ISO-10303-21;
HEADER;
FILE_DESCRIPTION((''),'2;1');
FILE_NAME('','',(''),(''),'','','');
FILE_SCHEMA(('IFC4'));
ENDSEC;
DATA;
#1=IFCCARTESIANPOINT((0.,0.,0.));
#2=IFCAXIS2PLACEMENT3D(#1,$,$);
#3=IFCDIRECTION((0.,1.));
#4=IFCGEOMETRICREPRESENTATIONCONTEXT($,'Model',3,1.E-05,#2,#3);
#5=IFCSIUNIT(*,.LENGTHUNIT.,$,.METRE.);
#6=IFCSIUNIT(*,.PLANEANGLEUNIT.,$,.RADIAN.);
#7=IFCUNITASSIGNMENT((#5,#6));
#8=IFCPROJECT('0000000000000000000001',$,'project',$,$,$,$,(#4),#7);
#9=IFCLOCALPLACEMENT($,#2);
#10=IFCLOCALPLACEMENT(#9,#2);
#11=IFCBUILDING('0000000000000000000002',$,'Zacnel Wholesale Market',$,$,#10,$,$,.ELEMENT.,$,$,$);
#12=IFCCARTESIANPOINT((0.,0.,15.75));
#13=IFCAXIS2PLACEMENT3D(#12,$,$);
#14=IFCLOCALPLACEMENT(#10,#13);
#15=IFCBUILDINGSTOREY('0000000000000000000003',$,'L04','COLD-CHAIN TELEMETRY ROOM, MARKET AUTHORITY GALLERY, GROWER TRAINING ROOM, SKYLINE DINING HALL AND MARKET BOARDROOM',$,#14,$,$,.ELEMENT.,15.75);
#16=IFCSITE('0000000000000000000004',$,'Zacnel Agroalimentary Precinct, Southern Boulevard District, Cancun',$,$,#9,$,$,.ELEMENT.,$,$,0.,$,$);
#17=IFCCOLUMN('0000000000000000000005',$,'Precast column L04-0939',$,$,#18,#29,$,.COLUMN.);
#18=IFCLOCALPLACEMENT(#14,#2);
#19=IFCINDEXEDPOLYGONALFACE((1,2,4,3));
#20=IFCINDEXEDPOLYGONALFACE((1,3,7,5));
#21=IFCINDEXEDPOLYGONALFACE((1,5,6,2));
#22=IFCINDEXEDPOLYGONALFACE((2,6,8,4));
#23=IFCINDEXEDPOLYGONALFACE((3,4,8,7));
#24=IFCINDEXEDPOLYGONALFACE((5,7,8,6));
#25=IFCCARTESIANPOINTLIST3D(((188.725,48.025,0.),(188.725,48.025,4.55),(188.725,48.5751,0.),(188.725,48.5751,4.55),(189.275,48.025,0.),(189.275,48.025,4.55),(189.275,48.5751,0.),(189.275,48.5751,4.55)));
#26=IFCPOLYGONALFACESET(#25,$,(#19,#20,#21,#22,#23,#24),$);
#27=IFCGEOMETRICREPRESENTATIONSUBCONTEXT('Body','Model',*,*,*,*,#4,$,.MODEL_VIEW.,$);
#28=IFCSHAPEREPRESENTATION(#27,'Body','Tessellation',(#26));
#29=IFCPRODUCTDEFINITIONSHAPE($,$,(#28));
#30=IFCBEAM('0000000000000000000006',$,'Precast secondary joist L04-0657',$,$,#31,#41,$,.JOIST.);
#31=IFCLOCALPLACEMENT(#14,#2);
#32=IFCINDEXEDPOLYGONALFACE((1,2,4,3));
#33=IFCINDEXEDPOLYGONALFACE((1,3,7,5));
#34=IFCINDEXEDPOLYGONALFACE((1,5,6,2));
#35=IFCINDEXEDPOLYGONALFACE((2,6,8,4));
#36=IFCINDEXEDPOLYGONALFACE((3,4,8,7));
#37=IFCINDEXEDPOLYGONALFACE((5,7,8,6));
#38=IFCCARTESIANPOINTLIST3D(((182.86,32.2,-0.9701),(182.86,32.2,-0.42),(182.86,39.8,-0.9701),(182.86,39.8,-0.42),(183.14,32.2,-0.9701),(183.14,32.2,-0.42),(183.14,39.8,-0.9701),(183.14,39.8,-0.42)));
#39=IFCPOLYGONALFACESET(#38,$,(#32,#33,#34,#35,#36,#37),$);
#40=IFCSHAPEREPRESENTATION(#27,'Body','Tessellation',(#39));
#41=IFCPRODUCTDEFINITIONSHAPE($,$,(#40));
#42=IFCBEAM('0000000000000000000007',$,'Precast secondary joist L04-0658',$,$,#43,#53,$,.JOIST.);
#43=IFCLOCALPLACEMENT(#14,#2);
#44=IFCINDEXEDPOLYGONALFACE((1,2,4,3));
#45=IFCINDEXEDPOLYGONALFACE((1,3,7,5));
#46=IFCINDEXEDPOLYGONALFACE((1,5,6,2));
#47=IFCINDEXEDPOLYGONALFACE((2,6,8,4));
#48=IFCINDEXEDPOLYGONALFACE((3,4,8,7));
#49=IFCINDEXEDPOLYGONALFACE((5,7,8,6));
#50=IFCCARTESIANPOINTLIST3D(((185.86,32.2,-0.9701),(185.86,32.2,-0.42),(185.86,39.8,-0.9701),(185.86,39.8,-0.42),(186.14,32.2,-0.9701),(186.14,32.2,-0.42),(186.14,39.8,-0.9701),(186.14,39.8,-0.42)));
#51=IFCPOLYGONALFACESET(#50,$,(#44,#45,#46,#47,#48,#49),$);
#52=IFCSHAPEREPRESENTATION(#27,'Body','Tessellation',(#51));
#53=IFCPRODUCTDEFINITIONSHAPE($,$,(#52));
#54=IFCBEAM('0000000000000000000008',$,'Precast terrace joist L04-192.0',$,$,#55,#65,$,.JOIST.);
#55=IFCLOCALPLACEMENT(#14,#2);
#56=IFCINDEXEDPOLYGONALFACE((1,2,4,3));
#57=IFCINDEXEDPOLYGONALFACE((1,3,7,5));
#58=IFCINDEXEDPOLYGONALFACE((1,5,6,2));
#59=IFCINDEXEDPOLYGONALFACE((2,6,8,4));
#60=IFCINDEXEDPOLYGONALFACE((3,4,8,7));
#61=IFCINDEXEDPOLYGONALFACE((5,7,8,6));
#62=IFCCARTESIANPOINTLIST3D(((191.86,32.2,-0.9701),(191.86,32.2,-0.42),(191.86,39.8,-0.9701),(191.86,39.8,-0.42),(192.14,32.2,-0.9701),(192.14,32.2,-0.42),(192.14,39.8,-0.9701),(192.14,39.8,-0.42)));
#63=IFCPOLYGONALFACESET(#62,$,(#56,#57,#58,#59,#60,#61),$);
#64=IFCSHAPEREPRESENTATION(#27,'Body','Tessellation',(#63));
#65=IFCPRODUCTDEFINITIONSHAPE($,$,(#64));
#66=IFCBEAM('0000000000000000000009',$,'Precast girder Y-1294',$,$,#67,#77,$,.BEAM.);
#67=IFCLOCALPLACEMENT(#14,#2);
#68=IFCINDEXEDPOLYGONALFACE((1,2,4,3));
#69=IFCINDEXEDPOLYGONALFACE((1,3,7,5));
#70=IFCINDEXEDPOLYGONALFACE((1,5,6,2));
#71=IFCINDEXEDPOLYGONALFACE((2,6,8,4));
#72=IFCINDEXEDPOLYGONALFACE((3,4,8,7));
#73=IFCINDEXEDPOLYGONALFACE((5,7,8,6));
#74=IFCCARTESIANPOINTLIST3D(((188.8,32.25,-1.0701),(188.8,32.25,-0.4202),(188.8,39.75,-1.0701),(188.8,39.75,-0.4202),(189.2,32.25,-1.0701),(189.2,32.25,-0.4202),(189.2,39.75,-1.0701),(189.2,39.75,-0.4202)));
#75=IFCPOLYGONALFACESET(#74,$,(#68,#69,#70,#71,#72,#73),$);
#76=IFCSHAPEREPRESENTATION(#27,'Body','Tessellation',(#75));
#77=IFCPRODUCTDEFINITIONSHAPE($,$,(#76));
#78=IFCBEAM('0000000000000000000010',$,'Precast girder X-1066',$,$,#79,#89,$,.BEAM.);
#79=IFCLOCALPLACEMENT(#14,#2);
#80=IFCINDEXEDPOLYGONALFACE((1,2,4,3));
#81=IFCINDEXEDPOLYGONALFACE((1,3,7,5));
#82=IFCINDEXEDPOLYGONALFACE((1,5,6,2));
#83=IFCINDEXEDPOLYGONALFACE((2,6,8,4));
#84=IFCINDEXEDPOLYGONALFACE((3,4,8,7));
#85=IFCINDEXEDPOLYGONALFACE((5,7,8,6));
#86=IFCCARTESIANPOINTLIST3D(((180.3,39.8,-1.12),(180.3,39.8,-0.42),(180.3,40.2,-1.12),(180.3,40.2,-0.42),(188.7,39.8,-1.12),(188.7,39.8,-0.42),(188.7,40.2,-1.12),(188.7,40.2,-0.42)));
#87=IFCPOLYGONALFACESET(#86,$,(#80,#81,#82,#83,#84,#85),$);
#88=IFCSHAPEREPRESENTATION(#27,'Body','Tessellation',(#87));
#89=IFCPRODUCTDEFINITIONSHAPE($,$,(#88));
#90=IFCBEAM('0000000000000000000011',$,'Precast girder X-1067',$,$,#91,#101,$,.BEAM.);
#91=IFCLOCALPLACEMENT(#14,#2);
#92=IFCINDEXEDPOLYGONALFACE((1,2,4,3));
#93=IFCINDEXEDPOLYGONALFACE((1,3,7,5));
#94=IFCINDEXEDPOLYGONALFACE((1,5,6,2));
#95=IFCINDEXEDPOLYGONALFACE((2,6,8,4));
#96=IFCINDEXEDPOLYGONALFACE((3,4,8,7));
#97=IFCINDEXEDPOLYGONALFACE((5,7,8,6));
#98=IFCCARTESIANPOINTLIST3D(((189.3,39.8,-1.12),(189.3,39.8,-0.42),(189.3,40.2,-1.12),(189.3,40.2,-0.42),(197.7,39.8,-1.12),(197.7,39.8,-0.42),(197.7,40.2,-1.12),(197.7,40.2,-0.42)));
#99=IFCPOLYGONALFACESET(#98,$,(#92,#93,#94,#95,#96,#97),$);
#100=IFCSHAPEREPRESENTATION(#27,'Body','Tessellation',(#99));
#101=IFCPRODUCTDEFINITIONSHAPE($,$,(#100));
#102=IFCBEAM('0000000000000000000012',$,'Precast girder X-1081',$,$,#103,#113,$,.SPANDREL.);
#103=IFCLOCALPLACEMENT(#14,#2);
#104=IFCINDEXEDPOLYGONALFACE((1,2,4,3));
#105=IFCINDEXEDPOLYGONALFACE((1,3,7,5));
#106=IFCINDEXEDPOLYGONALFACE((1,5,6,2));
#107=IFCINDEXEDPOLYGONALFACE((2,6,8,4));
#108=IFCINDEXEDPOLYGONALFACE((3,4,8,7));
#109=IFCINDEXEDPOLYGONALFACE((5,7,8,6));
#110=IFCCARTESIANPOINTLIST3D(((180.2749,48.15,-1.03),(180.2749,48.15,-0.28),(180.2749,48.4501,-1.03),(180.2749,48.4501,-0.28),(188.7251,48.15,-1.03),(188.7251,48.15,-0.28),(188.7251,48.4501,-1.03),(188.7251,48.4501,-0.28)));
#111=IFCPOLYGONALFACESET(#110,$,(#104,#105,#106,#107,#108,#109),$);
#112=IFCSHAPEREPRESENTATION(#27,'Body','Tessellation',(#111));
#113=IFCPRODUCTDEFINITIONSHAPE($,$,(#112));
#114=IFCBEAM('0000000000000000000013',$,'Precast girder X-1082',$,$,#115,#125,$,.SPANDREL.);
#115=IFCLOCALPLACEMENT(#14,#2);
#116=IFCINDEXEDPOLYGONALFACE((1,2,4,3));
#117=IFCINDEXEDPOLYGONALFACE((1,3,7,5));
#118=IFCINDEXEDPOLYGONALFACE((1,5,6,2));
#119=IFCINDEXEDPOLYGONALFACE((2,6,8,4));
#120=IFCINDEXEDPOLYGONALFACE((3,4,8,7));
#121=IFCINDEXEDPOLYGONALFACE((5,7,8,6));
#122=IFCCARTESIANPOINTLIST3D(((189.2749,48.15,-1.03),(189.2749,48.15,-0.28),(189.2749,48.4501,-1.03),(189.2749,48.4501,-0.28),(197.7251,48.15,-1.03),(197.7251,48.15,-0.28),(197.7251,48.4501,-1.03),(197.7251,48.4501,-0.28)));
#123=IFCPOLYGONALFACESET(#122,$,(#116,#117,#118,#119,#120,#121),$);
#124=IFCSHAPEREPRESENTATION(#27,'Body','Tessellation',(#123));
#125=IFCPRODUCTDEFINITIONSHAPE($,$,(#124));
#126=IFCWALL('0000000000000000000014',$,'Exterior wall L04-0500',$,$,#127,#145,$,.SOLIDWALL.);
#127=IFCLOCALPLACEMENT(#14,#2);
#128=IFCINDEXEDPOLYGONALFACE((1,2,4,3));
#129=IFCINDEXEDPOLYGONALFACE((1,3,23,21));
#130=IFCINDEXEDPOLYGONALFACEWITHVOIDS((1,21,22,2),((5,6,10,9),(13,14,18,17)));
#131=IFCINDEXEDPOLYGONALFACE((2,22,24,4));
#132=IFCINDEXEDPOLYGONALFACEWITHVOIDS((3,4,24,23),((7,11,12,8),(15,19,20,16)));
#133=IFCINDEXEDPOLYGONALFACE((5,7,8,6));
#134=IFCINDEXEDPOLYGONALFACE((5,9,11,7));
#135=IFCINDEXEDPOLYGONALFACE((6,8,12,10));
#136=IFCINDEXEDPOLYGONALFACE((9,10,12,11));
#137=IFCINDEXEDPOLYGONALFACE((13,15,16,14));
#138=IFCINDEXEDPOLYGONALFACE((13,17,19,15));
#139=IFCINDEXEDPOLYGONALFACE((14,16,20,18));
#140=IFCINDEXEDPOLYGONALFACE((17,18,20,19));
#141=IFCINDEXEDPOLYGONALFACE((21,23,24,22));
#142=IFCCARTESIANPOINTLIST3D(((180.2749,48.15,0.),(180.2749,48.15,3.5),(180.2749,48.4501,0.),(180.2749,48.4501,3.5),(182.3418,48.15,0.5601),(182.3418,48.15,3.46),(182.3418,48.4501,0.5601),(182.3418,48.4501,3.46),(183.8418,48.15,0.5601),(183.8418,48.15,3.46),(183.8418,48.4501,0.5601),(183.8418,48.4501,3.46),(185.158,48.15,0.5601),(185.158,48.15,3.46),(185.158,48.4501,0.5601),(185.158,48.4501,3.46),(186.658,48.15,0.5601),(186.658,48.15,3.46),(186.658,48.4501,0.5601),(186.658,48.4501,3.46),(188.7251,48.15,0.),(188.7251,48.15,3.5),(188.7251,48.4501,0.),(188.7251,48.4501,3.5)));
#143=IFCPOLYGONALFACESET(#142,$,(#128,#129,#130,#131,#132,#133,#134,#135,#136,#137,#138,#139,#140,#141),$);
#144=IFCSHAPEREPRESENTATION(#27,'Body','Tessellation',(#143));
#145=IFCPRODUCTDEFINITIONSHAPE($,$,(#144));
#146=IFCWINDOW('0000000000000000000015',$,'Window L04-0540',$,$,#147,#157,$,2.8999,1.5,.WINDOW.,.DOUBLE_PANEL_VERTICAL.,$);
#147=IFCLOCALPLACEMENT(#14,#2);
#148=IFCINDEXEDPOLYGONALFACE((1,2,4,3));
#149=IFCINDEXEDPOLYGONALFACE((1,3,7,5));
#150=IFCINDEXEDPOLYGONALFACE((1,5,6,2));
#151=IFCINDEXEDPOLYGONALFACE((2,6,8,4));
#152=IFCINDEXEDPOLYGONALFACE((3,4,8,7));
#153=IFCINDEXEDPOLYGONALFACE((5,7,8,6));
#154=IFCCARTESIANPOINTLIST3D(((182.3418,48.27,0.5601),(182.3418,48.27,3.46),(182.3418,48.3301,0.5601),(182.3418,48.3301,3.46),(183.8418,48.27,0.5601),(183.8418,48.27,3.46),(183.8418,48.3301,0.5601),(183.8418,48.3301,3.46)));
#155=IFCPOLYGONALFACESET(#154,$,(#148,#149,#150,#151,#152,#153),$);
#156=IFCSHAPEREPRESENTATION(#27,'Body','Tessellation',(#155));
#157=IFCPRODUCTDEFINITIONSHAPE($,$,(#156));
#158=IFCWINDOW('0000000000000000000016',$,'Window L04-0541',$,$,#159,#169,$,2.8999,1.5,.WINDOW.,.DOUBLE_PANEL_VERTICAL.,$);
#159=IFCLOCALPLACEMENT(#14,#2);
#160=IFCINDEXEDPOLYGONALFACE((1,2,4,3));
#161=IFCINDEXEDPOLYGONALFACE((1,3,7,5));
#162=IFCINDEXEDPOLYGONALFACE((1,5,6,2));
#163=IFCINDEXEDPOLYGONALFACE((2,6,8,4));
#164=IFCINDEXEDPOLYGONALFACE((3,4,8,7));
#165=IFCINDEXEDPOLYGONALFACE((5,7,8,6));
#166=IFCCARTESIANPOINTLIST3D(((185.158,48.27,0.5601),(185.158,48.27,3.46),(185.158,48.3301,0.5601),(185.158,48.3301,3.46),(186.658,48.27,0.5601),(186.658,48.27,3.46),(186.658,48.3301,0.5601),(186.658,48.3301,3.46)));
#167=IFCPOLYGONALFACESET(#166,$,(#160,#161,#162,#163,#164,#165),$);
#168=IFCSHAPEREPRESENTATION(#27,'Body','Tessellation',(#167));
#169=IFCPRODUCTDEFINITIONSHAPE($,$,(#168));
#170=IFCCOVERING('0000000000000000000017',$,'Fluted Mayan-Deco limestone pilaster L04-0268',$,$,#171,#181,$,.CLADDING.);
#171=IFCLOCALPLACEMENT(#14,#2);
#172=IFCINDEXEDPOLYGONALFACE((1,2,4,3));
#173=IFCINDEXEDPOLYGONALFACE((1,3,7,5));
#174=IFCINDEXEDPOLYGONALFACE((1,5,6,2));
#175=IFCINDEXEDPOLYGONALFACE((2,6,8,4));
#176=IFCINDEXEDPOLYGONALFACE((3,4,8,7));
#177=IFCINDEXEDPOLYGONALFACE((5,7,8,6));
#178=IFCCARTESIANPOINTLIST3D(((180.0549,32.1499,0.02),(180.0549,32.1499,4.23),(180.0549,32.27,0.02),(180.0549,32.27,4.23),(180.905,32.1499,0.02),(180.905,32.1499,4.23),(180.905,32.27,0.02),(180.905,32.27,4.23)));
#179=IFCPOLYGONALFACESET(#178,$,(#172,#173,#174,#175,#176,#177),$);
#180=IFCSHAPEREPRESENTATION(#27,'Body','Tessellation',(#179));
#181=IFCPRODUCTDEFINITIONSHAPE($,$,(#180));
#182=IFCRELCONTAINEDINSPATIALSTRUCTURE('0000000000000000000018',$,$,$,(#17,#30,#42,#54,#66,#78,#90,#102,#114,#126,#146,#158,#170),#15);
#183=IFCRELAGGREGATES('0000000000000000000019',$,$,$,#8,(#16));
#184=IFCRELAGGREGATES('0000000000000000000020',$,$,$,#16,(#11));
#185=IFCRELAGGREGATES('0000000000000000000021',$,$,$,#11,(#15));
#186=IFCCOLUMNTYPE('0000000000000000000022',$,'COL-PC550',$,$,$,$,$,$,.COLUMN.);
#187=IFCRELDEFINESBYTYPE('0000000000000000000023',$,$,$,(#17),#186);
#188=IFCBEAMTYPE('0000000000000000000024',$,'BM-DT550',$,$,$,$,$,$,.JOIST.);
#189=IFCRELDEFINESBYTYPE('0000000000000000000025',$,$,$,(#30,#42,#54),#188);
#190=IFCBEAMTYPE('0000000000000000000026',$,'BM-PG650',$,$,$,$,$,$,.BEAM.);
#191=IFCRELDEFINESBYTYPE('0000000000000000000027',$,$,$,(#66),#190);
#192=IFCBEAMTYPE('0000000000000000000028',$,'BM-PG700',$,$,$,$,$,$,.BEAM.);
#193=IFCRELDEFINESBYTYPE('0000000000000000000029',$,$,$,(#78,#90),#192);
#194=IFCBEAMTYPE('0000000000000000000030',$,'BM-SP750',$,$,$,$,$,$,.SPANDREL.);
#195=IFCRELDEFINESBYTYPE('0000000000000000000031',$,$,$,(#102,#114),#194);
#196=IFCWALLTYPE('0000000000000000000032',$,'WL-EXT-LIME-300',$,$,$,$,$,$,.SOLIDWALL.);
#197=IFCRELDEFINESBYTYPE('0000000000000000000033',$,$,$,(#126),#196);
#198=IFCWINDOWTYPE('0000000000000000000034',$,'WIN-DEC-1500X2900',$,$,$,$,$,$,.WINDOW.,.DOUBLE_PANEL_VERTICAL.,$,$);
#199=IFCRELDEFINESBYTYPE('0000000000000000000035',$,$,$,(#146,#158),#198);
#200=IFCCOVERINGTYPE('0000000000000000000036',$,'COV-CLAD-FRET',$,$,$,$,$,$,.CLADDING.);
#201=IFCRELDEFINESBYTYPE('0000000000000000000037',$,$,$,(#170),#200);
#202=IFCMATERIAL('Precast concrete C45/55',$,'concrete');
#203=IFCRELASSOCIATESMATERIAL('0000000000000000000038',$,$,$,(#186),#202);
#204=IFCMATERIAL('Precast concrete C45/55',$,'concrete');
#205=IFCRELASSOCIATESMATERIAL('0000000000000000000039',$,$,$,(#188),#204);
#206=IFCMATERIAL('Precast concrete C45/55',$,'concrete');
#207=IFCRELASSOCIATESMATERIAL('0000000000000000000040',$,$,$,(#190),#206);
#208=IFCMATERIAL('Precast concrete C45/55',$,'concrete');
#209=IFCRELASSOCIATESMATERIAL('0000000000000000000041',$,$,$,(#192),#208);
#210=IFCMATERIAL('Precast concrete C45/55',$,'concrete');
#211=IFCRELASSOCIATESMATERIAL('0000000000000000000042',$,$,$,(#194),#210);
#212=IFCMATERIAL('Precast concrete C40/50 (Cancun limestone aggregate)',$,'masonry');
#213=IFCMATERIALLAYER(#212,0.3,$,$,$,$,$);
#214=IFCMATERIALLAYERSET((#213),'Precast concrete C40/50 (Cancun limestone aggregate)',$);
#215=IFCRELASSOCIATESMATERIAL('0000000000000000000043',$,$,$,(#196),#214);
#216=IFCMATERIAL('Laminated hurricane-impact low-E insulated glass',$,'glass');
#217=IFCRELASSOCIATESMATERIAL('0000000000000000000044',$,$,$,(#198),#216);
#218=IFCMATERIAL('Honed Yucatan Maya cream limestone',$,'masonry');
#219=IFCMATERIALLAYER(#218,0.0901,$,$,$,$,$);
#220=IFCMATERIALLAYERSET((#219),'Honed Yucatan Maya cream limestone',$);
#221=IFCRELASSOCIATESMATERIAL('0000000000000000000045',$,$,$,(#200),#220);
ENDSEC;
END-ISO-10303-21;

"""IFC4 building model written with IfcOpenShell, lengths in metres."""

from ifc_helpers import new_model, si_unit, direction, frame, frame_2d, origin, origin_2d, place, context, subcontext, project, spatial, rectangle, extrude, material, layer, layer_set, material_profile, profile_set, type_object, element, fill, save


model = new_model("IFC4")

# Units and contexts
model_context = context("Model", 3, precision=1e-05, world=origin(), true_north=direction((0.0, 1.0)))
body_context = subcontext(model_context, "Body", "Model", "MODEL_VIEW")
ifc_project = project(units=[si_unit("LENGTHUNIT", "METRE"), si_unit("PLANEANGLEUNIT", "RADIAN")], contexts=[model_context])

# Site, building, storey
site_placement = place(None, origin())
site = spatial("IfcSite", under=ifc_project, at=site_placement, Name="Zacnel Agroalimentary Precinct, Southern Boulevard District, Cancun", CompositionType="ELEMENT", RefElevation=0.0)
building_placement = place(site_placement, origin())
building = spatial("IfcBuilding", under=site, at=building_placement, Name="Zacnel Wholesale Market", CompositionType="ELEMENT")
storey_placement = place(building_placement, frame((0.0, 0.0, 15.75)))
storey = spatial("IfcBuildingStorey", under=building, at=storey_placement, Name="L04", Description="COLD-CHAIN TELEMETRY ROOM, MARKET AUTHORITY GALLERY, GROWER TRAINING ROOM, SKYLINE DINING HALL AND MARKET BOARDROOM", CompositionType="ELEMENT", Elevation=15.75)

# Column
ifc_material_1 = material(Name="Precast concrete C45/55", Category="concrete")
ifc_material_profile_1 = material_profile(ifc_material_1, rectangle(XDim=0.55, YDim=0.55, at=origin_2d()), Name="PC 550x550")
ifc_profile_set_1 = profile_set([ifc_material_profile_1], Name="Precast concrete C45/55")
column_type = type_object("IfcColumnType", Name="COL-PC550", PredefinedType="COLUMN", material=ifc_profile_set_1)
column_placement = place(storey_placement, frame((189.0, 48.3, 0.0), z_axis=(0.0, 0.0, 1.0), x_axis=(1.0, 0.0, 0.0)))
element("IfcColumn", 1, at=column_placement, inside=storey, type_object=column_type, Name="Precast column L04-0939", PredefinedType="COLUMN", context=body_context, shape_type="SweptSolid", body=[
    extrude(rectangle(XDim=0.55, YDim=0.55, at=origin_2d()), origin(), (0.0, 0.0, 1.0), 4.55),
])

# Beams
ifc_material_2 = material(Name="Precast concrete C45/55", Category="concrete")
ifc_material_profile_2 = material_profile(ifc_material_2, rectangle(XDim=0.28, YDim=0.55, at=origin_2d()), Name="DT RIB 280x550")
ifc_profile_set_2 = profile_set([ifc_material_profile_2], Name="Precast concrete C45/55")
beam_type_1 = type_object("IfcBeamType", Name="BM-DT550", PredefinedType="JOIST", material=ifc_profile_set_2)
for number, where, z_axis, x_axis, name in (
    (2, (183.0, 32.2, -0.6951), (0.0, 1.0, 0.0), (-1.0, 0.0, 0.0), "Precast secondary joist L04-0657"),
    (3, (186.0, 32.2, -0.6951), (0.0, 1.0, 0.0), (-1.0, 0.0, 0.0), "Precast secondary joist L04-0658"),
    (4, (192.0, 32.2, -0.6951), (0.0, 1.0, 0.0), (-1.0, 0.0, 0.0), "Precast terrace joist L04-192.0"),
):
    element("IfcBeam", number, at=place(storey_placement, frame(where, z_axis=z_axis, x_axis=x_axis)), inside=storey, type_object=beam_type_1, Name=name, PredefinedType="JOIST", context=body_context, shape_type="SweptSolid", body=[
        extrude(rectangle(XDim=0.28, YDim=0.55, at=origin_2d()), origin(), (0.0, 0.0, 1.0), 7.6001),
    ])
ifc_material_3 = material(Name="Precast concrete C45/55", Category="concrete")
ifc_material_profile_3 = material_profile(ifc_material_3, rectangle(XDim=0.3999, YDim=0.6499, at=origin_2d()), Name="PG 400x650")
ifc_profile_set_3 = profile_set([ifc_material_profile_3], Name="Precast concrete C45/55")
beam_type_2 = type_object("IfcBeamType", Name="BM-PG650", PredefinedType="BEAM", material=ifc_profile_set_3)
beam_placement = place(storey_placement, frame((189.0, 32.25, -0.7451), z_axis=(0.0, 1.0, 0.0), x_axis=(-1.0, 0.0, 0.0)))
element("IfcBeam", 5, at=beam_placement, inside=storey, type_object=beam_type_2, Name="Precast girder Y-1294", PredefinedType="BEAM", context=body_context, shape_type="SweptSolid", body=[
    extrude(rectangle(XDim=0.3999, YDim=0.6499, at=origin_2d()), origin(), (0.0, 0.0, 1.0), 7.5),
])
ifc_material_4 = material(Name="Precast concrete C45/55", Category="concrete")
ifc_material_profile_4 = material_profile(ifc_material_4, rectangle(XDim=0.3999, YDim=0.7, at=origin_2d()), Name="PG 400x700")
ifc_profile_set_4 = profile_set([ifc_material_profile_4], Name="Precast concrete C45/55")
beam_type_3 = type_object("IfcBeamType", Name="BM-PG700", PredefinedType="BEAM", material=ifc_profile_set_4)
for number, where, z_axis, x_axis, name in (
    (6, (180.3, 40.0, -0.77), (1.0, 0.0, 0.0), (0.0, 1.0, 0.0), "Precast girder X-1066"),
    (7, (189.3, 40.0, -0.77), (1.0, 0.0, 0.0), (0.0, 1.0, 0.0), "Precast girder X-1067"),
):
    element("IfcBeam", number, at=place(storey_placement, frame(where, z_axis=z_axis, x_axis=x_axis)), inside=storey, type_object=beam_type_3, Name=name, PredefinedType="BEAM", context=body_context, shape_type="SweptSolid", body=[
        extrude(rectangle(XDim=0.3999, YDim=0.7, at=origin_2d()), origin(), (0.0, 0.0, 1.0), 8.3999),
    ])
ifc_material_5 = material(Name="Precast concrete C45/55", Category="concrete")
ifc_material_profile_5 = material_profile(ifc_material_5, rectangle(XDim=0.3, YDim=0.75, at=origin_2d()), Name="SP 300x750")
ifc_profile_set_5 = profile_set([ifc_material_profile_5], Name="Precast concrete C45/55")
beam_type_4 = type_object("IfcBeamType", Name="BM-SP750", PredefinedType="SPANDREL", material=ifc_profile_set_5)
for number, where, z_axis, x_axis, name in (
    (8, (180.2749, 48.3, -0.655), (1.0, 0.0, 0.0), (0.0, 1.0, 0.0), "Precast girder X-1081"),
    (9, (189.2749, 48.3, -0.655), (1.0, 0.0, 0.0), (0.0, 1.0, 0.0), "Precast girder X-1082"),
):
    element("IfcBeam", number, at=place(storey_placement, frame(where, z_axis=z_axis, x_axis=x_axis)), inside=storey, type_object=beam_type_4, Name=name, PredefinedType="SPANDREL", context=body_context, shape_type="SweptSolid", body=[
        extrude(rectangle(XDim=0.3, YDim=0.75, at=origin_2d()), origin(), (0.0, 0.0, 1.0), 8.4502),
    ])

# Wall, openings, windows
ifc_material_6 = material(Name="Precast concrete C40/50 (Cancun limestone aggregate)", Category="masonry")
ifc_layer_1 = layer(ifc_material_6, 0.3)
ifc_layer_set_1 = layer_set([ifc_layer_1], Name="Precast concrete C40/50 (Cancun limestone aggregate)")
wall_type = type_object("IfcWallType", Name="WL-EXT-LIME-300", PredefinedType="SOLIDWALL", material=ifc_layer_set_1)
wall_placement = place(storey_placement, frame((180.2749, 48.3, 0.0), z_axis=(0.0, 0.0, 1.0), x_axis=(1.0, 0.0, 0.0)))
wall = element("IfcWall", 10, at=wall_placement, inside=storey, type_object=wall_type, Name="Exterior wall L04-0500", PredefinedType="SOLIDWALL", context=body_context, shape_type="SweptSolid", body=[
    extrude(rectangle(XDim=8.4502, YDim=0.3, at=frame_2d((4.2251, 0.0))), origin(), (0.0, 0.0, 1.0), 3.5),
])
opening_1_placement = place(wall_placement, frame((2.0669, 0.0, 0.5601)))
opening_1 = element("IfcOpeningElement", 11, at=opening_1_placement, cuts=wall, PredefinedType="OPENING", context=body_context, shape_type="SweptSolid", body=[
    extrude(rectangle(XDim=1.5, YDim=2.8999, at=frame_2d((0.75, 1.45))), frame((0.0, 0.1599, 0.0), z_axis=(0.0, -1.0, 0.0), x_axis=(1.0, 0.0, 0.0)), (0.0, 0.0, 1.0), 0.3201),
])
opening_2_placement = place(wall_placement, frame((4.8831, 0.0, 0.5601)))
opening_2 = element("IfcOpeningElement", 12, at=opening_2_placement, cuts=wall, PredefinedType="OPENING", context=body_context, shape_type="SweptSolid", body=[
    extrude(rectangle(XDim=1.5, YDim=2.8999, at=frame_2d((0.75, 1.45))), frame((0.0, 0.1599, 0.0), z_axis=(0.0, -1.0, 0.0), x_axis=(1.0, 0.0, 0.0)), (0.0, 0.0, 1.0), 0.3201),
])
ifc_material_7 = material(Name="Laminated hurricane-impact low-E insulated glass", Category="glass")
window_type = type_object("IfcWindowType", Name="WIN-DEC-1500X2900", PartitioningType="DOUBLE_PANEL_VERTICAL", PredefinedType="WINDOW", material=ifc_material_7)
window_1_placement = place(opening_1_placement, origin())
window_1 = element("IfcWindow", 13, at=window_1_placement, inside=storey, type_object=window_type, Name="Window L04-0540", OverallHeight=2.8999, OverallWidth=1.5, PartitioningType="DOUBLE_PANEL_VERTICAL", PredefinedType="WINDOW", context=body_context, shape_type="SweptSolid", body=[
    extrude(rectangle(XDim=1.5, YDim=2.8999, at=frame_2d((0.75, 1.45))), frame((0.0, 0.03, 0.0), z_axis=(0.0, -1.0, 0.0), x_axis=(1.0, 0.0, 0.0)), (0.0, 0.0, 1.0), 0.0601),
])
fill(opening_1, window_1)
window_2_placement = place(opening_2_placement, origin())
window_2 = element("IfcWindow", 14, at=window_2_placement, inside=storey, type_object=window_type, Name="Window L04-0541", OverallHeight=2.8999, OverallWidth=1.5, PartitioningType="DOUBLE_PANEL_VERTICAL", PredefinedType="WINDOW", context=body_context, shape_type="SweptSolid", body=[
    extrude(rectangle(XDim=1.5, YDim=2.8999, at=frame_2d((0.75, 1.45))), frame((0.0, 0.03, 0.0), z_axis=(0.0, -1.0, 0.0), x_axis=(1.0, 0.0, 0.0)), (0.0, 0.0, 1.0), 0.0601),
])
fill(opening_2, window_2)

# Covering
ifc_material_8 = material(Name="Honed Yucatan Maya cream limestone", Category="masonry")
ifc_layer_2 = layer(ifc_material_8, 0.0901)
ifc_layer_set_2 = layer_set([ifc_layer_2], Name="Honed Yucatan Maya cream limestone")
covering_type = type_object("IfcCoveringType", Name="COV-CLAD-FRET", PredefinedType="CLADDING", material=ifc_layer_set_2)
for number, where, z_axis, x_axis, name in (
    (15, (180.48, 32.21, 0.02), (0.0, 0.0, 1.0), (1.0, 0.0, 0.0), "Fluted Mayan-Deco limestone pilaster L04-0268"),
):
    element("IfcCovering", number, at=place(storey_placement, frame(where, z_axis=z_axis, x_axis=x_axis)), inside=storey, type_object=covering_type, Name=name, PredefinedType="CLADDING", context=body_context, shape_type="SweptSolid", body=[
        extrude(rectangle(XDim=0.8501, YDim=0.1201, at=origin_2d()), origin(), (0.0, 0.0, 1.0), 4.21),
    ])

save(model, "model.ifc")
